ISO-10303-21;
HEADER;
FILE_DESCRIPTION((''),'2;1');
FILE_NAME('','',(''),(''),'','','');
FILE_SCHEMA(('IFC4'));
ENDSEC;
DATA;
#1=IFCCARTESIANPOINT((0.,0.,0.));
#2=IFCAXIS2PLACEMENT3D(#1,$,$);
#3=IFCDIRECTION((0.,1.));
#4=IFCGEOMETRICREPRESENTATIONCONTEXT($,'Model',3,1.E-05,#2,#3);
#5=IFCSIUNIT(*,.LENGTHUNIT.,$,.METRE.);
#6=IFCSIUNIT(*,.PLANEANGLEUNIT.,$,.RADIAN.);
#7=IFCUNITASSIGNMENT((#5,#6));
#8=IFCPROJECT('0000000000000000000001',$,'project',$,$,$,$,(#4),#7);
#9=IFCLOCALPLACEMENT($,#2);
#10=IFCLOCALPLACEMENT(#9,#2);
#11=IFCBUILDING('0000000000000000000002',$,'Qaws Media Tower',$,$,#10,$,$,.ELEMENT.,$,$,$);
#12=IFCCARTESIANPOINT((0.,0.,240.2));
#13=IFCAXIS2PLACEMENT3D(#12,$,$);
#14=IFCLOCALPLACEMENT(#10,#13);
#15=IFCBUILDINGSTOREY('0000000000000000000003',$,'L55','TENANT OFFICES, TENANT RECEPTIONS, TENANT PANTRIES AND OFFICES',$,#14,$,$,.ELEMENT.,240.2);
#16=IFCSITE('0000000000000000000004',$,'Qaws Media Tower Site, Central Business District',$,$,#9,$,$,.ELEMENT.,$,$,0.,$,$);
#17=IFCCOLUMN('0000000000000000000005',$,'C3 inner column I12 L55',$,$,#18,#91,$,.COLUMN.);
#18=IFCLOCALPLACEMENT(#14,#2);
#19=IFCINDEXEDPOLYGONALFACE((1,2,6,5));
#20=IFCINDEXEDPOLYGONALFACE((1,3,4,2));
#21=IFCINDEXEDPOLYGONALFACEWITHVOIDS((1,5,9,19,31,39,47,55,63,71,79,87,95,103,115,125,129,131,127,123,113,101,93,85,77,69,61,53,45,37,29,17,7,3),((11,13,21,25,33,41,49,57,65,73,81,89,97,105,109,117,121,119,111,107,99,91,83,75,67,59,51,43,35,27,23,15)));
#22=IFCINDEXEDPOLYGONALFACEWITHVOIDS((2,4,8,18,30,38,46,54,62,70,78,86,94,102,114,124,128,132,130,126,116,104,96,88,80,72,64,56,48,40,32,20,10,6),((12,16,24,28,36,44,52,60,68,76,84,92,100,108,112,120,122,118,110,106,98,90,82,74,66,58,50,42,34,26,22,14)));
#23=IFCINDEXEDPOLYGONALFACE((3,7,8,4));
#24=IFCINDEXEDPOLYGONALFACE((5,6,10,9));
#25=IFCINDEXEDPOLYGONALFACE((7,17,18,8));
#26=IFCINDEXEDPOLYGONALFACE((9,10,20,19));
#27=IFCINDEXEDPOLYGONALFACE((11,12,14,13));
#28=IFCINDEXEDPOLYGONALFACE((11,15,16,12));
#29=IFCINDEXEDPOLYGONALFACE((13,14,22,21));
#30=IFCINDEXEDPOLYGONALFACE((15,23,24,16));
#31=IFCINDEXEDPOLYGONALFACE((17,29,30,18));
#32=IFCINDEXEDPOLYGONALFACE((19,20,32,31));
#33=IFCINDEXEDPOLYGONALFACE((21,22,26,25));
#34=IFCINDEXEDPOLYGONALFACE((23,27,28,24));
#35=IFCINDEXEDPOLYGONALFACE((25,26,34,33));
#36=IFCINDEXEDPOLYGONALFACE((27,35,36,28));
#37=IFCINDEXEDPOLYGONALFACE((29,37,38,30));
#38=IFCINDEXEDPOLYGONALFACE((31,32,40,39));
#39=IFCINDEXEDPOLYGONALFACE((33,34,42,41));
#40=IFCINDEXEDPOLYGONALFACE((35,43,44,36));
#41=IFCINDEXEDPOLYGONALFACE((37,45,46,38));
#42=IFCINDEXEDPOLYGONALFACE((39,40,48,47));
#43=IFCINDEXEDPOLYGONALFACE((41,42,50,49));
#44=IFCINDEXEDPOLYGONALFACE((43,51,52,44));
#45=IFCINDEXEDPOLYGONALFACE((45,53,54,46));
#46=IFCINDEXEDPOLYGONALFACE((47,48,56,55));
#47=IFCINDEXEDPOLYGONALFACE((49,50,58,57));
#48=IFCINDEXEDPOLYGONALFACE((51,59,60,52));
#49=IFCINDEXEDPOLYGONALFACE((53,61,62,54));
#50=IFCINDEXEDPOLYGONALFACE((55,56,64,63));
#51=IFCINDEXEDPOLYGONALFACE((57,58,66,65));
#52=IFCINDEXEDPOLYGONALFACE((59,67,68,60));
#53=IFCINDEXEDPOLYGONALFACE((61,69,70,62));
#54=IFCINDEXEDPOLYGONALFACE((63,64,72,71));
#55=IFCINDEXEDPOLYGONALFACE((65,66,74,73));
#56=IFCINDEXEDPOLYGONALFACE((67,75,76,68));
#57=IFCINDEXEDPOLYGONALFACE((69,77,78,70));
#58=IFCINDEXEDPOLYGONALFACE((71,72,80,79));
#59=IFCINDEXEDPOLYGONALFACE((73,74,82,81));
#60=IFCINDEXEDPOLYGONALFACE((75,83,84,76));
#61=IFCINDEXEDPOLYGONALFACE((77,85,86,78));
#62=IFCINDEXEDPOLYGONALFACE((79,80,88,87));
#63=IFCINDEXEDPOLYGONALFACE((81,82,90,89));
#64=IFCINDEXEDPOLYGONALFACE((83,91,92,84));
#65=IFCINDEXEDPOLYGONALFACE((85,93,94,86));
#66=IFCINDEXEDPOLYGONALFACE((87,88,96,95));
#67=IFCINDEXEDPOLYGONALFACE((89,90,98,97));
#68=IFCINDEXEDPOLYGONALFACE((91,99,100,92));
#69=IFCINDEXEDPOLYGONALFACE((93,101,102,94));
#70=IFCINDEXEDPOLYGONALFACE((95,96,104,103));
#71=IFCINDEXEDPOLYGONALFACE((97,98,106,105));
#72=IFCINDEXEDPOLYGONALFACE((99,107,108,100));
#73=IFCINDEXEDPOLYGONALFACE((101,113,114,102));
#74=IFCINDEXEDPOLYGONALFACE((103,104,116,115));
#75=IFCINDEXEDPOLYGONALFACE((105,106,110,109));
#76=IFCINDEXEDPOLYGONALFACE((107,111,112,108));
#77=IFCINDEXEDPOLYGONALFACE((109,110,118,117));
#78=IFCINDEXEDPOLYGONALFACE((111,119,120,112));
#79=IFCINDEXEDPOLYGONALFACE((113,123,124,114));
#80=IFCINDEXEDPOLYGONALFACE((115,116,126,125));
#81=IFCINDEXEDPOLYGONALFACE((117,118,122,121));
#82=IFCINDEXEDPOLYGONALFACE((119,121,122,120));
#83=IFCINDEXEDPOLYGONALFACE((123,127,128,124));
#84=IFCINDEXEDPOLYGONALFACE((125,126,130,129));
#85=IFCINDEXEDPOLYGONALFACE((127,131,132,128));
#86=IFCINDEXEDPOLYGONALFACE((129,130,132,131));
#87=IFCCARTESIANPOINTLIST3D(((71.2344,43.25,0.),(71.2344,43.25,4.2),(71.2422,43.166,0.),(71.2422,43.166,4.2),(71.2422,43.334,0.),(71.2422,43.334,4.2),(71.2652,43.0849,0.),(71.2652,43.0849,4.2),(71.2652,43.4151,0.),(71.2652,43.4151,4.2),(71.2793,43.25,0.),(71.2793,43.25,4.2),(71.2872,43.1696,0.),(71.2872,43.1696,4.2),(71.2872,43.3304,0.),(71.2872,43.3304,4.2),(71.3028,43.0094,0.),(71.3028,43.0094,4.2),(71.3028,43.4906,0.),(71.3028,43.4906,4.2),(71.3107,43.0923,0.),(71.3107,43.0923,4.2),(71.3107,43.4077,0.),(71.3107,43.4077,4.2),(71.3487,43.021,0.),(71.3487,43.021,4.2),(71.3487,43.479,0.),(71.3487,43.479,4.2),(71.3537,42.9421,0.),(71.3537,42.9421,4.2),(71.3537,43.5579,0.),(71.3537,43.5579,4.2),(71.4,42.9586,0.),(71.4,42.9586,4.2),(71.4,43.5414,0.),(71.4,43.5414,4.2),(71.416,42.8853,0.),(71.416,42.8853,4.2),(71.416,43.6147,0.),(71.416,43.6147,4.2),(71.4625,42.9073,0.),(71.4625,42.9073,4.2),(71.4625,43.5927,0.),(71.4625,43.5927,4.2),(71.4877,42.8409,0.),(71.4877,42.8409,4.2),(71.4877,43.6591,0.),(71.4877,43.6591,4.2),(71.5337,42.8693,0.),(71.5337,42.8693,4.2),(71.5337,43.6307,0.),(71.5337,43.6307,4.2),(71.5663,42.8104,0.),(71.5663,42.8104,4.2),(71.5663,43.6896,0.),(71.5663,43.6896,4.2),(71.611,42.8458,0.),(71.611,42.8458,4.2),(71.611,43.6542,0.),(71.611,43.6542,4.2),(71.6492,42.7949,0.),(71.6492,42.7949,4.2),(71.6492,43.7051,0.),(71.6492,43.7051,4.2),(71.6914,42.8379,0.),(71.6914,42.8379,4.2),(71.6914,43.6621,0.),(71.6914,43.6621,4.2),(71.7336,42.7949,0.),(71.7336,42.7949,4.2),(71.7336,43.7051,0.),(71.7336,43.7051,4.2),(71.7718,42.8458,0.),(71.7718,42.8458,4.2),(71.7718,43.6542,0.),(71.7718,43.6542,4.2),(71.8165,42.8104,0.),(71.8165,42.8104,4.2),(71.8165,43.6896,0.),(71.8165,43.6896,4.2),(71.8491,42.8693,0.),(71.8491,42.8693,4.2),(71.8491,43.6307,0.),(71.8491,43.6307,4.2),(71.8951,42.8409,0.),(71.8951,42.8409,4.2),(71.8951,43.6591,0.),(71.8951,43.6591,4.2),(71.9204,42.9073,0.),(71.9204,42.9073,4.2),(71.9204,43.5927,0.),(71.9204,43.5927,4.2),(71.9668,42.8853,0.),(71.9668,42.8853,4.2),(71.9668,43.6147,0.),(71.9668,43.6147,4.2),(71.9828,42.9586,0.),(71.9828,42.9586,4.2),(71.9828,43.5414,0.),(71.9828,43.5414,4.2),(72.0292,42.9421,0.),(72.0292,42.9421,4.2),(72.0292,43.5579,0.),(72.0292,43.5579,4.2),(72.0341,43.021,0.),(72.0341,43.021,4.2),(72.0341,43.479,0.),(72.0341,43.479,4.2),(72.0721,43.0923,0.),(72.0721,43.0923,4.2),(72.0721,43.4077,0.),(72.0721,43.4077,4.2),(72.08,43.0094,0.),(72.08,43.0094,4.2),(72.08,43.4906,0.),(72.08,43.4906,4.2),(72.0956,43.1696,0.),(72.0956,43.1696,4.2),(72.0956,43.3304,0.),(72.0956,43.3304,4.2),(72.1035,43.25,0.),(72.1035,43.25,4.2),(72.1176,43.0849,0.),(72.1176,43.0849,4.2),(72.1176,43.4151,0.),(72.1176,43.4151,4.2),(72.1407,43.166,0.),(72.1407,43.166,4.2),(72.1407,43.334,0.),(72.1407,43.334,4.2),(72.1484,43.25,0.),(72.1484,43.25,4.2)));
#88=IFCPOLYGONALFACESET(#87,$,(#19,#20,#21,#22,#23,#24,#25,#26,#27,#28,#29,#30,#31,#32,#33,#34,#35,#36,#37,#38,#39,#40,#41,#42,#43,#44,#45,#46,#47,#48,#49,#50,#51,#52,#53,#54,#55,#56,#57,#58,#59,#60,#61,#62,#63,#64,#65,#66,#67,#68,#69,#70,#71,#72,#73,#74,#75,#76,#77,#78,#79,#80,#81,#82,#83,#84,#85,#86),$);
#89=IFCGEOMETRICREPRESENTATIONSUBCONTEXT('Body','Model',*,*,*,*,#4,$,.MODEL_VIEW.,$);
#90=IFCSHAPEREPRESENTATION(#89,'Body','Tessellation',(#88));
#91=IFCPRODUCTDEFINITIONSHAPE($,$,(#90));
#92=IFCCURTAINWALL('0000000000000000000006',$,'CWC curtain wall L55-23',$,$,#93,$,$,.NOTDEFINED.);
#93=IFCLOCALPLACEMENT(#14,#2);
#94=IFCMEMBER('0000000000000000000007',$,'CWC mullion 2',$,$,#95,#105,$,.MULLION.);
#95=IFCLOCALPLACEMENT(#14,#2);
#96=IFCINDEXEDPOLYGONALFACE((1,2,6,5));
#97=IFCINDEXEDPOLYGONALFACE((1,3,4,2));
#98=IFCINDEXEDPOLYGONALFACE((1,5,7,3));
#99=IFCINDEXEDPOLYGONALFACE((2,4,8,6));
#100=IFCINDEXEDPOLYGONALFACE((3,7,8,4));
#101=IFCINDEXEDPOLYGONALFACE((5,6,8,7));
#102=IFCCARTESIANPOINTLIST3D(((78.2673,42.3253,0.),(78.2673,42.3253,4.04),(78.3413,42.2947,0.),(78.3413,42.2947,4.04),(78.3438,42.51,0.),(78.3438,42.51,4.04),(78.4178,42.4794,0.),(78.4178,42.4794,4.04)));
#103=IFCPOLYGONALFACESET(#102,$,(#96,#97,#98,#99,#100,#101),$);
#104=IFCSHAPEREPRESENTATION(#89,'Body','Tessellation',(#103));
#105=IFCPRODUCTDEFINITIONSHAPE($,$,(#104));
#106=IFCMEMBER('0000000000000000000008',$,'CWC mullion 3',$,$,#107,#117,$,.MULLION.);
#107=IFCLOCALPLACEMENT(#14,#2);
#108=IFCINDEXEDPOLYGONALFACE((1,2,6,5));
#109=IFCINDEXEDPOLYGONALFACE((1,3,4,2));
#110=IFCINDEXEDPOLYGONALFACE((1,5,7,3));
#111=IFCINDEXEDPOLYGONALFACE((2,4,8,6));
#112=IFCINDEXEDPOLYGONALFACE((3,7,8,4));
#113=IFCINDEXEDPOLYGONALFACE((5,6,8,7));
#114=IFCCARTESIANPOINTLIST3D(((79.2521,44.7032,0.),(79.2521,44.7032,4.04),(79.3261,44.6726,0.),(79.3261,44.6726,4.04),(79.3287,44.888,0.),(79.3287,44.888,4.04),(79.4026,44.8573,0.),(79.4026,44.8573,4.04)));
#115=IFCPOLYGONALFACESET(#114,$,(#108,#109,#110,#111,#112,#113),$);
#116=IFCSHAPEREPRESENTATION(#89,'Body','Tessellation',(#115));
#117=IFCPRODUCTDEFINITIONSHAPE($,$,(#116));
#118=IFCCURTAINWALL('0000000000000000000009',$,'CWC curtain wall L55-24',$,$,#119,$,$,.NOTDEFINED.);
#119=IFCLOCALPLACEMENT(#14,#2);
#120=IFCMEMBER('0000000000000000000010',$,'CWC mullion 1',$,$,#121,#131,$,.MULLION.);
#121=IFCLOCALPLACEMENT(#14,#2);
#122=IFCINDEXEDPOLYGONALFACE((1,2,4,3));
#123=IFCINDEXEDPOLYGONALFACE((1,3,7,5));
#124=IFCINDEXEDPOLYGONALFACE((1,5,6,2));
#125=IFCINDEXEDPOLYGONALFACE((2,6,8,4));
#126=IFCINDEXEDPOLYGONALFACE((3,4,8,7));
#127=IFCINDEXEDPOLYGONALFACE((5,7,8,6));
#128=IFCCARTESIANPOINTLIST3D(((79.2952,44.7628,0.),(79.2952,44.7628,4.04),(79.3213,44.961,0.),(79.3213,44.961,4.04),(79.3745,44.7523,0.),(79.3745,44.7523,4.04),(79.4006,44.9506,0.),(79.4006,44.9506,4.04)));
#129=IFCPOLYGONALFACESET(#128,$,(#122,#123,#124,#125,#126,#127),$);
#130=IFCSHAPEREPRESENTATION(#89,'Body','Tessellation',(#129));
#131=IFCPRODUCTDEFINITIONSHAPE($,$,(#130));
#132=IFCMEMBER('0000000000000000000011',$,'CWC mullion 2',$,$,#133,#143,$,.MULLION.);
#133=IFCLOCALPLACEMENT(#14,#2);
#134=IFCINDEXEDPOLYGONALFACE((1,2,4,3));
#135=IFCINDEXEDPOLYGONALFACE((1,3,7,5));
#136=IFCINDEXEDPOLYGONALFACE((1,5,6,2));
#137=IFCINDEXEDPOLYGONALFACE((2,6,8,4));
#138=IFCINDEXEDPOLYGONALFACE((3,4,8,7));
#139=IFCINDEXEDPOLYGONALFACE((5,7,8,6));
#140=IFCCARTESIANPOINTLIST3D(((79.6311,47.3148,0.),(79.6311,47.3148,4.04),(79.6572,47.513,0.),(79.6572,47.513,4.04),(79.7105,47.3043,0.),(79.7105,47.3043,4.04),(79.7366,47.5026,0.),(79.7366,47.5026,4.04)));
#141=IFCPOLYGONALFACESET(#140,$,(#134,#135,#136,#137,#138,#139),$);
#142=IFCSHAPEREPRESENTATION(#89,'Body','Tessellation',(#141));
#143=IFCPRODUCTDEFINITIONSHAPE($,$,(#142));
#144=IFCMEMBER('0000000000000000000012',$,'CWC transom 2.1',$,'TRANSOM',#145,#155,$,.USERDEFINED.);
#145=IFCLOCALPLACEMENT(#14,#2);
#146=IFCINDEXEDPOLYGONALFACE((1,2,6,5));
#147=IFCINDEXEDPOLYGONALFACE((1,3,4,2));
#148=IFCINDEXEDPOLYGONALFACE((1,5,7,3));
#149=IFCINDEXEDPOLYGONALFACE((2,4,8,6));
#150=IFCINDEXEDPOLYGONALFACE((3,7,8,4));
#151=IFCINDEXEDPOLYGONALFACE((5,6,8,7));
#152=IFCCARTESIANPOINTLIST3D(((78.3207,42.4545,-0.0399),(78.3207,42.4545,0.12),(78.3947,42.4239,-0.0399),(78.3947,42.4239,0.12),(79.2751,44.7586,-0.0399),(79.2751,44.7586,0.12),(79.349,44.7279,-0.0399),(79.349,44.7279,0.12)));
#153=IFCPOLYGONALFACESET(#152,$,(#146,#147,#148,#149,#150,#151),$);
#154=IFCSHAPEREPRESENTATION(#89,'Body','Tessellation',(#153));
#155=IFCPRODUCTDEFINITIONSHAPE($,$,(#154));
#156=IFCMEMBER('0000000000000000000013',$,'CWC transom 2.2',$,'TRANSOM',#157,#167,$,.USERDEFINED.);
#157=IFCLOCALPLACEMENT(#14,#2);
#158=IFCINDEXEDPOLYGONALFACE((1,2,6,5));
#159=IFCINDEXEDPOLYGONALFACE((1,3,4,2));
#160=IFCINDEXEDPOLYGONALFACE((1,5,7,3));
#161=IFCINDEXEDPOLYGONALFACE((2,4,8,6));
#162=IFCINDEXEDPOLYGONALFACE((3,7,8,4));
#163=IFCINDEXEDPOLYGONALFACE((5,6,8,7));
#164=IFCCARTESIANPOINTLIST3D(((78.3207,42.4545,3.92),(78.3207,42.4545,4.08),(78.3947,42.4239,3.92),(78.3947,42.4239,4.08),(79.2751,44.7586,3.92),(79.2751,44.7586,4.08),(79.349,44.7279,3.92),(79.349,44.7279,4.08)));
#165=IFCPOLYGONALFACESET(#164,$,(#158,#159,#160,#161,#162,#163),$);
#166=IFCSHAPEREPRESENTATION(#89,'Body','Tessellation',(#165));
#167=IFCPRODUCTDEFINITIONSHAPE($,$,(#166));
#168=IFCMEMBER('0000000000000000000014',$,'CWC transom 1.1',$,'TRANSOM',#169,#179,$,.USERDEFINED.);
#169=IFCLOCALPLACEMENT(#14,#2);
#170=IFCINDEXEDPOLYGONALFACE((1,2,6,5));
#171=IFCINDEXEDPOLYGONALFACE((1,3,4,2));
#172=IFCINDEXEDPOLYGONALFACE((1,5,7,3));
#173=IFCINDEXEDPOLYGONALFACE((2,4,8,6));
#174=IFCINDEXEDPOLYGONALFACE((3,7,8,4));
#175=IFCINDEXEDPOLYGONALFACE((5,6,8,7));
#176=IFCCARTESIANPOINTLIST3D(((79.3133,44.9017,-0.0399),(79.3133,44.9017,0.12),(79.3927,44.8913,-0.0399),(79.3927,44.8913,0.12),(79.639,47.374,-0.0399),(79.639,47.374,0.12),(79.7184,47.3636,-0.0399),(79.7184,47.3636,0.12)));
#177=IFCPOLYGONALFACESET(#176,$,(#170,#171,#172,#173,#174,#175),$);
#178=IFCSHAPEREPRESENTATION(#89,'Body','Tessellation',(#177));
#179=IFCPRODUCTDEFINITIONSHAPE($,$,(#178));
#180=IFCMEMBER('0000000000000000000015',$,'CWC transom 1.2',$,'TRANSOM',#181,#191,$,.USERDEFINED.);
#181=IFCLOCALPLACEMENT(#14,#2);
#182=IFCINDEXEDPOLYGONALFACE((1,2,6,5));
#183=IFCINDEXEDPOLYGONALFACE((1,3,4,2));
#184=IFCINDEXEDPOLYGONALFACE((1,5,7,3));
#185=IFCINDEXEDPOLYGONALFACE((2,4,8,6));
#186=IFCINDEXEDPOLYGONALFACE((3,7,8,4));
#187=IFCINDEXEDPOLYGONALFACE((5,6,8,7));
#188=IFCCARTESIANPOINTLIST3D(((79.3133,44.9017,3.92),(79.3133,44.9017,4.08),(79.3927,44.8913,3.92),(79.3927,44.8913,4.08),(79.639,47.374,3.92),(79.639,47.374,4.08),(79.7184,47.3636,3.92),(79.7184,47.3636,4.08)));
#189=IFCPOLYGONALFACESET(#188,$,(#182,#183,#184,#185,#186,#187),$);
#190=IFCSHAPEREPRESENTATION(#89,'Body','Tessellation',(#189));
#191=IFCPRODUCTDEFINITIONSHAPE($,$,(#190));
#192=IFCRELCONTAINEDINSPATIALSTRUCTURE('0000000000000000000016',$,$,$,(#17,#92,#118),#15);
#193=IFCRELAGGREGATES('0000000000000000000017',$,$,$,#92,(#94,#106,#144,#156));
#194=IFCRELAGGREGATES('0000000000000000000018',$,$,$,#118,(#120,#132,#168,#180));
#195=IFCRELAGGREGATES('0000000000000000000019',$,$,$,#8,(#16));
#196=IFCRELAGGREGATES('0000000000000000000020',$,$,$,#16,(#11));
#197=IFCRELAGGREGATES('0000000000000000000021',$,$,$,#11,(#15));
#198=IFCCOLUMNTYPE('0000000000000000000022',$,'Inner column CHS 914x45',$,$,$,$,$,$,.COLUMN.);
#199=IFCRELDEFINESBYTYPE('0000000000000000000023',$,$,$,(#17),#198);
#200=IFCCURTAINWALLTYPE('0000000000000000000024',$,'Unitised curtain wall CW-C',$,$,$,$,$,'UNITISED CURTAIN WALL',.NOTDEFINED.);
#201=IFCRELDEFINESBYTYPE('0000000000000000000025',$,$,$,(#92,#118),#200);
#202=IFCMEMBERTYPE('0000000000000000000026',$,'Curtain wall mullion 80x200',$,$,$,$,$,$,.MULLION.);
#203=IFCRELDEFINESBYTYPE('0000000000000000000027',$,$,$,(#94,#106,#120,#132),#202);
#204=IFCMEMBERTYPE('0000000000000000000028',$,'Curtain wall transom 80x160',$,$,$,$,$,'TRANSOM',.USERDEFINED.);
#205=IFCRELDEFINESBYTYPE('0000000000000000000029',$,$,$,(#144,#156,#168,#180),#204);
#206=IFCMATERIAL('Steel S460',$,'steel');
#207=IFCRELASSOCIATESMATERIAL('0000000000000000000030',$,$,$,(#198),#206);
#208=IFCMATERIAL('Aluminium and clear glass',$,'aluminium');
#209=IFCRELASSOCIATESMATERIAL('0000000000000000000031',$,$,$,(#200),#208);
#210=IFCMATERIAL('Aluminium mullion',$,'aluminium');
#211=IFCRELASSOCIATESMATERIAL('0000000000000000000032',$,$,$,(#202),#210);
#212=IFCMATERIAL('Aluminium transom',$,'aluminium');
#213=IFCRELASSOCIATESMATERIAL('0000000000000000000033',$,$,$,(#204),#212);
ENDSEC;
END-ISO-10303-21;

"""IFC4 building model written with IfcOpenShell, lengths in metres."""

from ifc_helpers import new_model, si_unit, direction, frame, origin, origin_2d, place, context, subcontext, project, spatial, rectangle, hollow_circle, extrude, material, material_profile, profile_set, type_object, element, aggregate, save


model = new_model("IFC4")

# Units and contexts
model_context = context("Model", 3, precision=1e-05, world=origin(), true_north=direction((0.0, 1.0)))
body_context = subcontext(model_context, "Body", "Model", "MODEL_VIEW")
ifc_project = project(units=[si_unit("LENGTHUNIT", "METRE"), si_unit("PLANEANGLEUNIT", "RADIAN")], contexts=[model_context])

# Site, building, storey
site_placement = place(None, origin())
site = spatial("IfcSite", under=ifc_project, at=site_placement, Name="Qaws Media Tower Site, Central Business District", CompositionType="ELEMENT", RefElevation=0.0)
building_placement = place(site_placement, origin())
building = spatial("IfcBuilding", under=site, at=building_placement, Name="Qaws Media Tower", CompositionType="ELEMENT")
storey_placement = place(building_placement, frame((0.0, 0.0, 240.2)))
storey = spatial("IfcBuildingStorey", under=building, at=storey_placement, Name="L55", Description="TENANT OFFICES, TENANT RECEPTIONS, TENANT PANTRIES AND OFFICES", CompositionType="ELEMENT", Elevation=240.2)

# Column
ifc_material_1 = material(Name="Steel S460", Category="steel")
ifc_material_profile_1 = material_profile(ifc_material_1, hollow_circle(Radius=0.457, WallThickness=0.0449, at=origin_2d()), Name="CHS 914x45")
ifc_profile_set_1 = profile_set([ifc_material_profile_1], Name="Steel S460")
column_type = type_object("IfcColumnType", Name="Inner column CHS 914x45", PredefinedType="COLUMN", material=ifc_profile_set_1)
column_placement = place(storey_placement, frame((71.6914, 43.25, 0.0), z_axis=(0.0, 0.0, 1.0), x_axis=(1.0, 0.0, 0.0)))
element("IfcColumn", 1, at=column_placement, inside=storey, type_object=column_type, Name="C3 inner column I12 L55", PredefinedType="COLUMN", context=body_context, shape_type="SweptSolid", body=[
    extrude(hollow_circle(Radius=0.457, WallThickness=0.0449, at=origin_2d()), origin(), (0.0, 0.0, 1.0), 4.2),
])

# Curtain walls, members
ifc_material_2 = material(Name="Aluminium and clear glass", Category="aluminium")
curtain_wall_type = type_object("IfcCurtainWallType", Name="Unitised curtain wall CW-C", ElementType="UNITISED CURTAIN WALL", PredefinedType="NOTDEFINED", material=ifc_material_2)
curtain_wall_1_placement = place(storey_placement, origin())
curtain_wall_1 = element("IfcCurtainWall", 2, at=curtain_wall_1_placement, inside=storey, type_object=curtain_wall_type, Name="CWC curtain wall L55-23", PredefinedType="NOTDEFINED")
ifc_material_3 = material(Name="Aluminium mullion", Category="aluminium")
ifc_material_profile_2 = material_profile(ifc_material_3, rectangle(XDim=0.0801, YDim=0.2, at=origin_2d()), Name="80x200")
ifc_profile_set_2 = profile_set([ifc_material_profile_2], Name="Aluminium mullion")
member_type_1 = type_object("IfcMemberType", Name="Curtain wall mullion 80x200", PredefinedType="MULLION", material=ifc_profile_set_2)
member_1_placement = place(storey_placement, frame((78.3425, 42.4023, 0.0), z_axis=(0.0, 0.0, 1.0), x_axis=(-0.92388, 0.382683, 0.0)))
member_1 = element("IfcMember", 3, at=member_1_placement, type_object=member_type_1, Name="CWC mullion 2", PredefinedType="MULLION", context=body_context, shape_type="SweptSolid", body=[
    extrude(rectangle(XDim=0.0801, YDim=0.2, at=origin_2d()), origin(), (0.0, 0.0, 1.0), 4.04),
])
member_2_placement = place(storey_placement, frame((79.3274, 44.7803, 0.0), z_axis=(0.0, 0.0, 1.0), x_axis=(-0.92388, 0.382683, 0.0)))
member_2 = element("IfcMember", 4, at=member_2_placement, type_object=member_type_1, Name="CWC mullion 3", PredefinedType="MULLION", context=body_context, shape_type="SweptSolid", body=[
    extrude(rectangle(XDim=0.0801, YDim=0.2, at=origin_2d()), origin(), (0.0, 0.0, 1.0), 4.04),
])
curtain_wall_2_placement = place(storey_placement, origin())
curtain_wall_2 = element("IfcCurtainWall", 5, at=curtain_wall_2_placement, inside=storey, type_object=curtain_wall_type, Name="CWC curtain wall L55-24", PredefinedType="NOTDEFINED")
member_3_placement = place(storey_placement, frame((79.3479, 44.8567, 0.0), z_axis=(0.0, 0.0, 1.0), x_axis=(-0.991445, 0.130526, 0.0)))
member_3 = element("IfcMember", 6, at=member_3_placement, type_object=member_type_1, Name="CWC mullion 1", PredefinedType="MULLION", context=body_context, shape_type="SweptSolid", body=[
    extrude(rectangle(XDim=0.0801, YDim=0.2, at=origin_2d()), origin(), (0.0, 0.0, 1.0), 4.04),
])
member_4_placement = place(storey_placement, frame((79.6838, 47.4087, 0.0), z_axis=(0.0, 0.0, 1.0), x_axis=(-0.991445, 0.130526, 0.0)))
member_4 = element("IfcMember", 7, at=member_4_placement, type_object=member_type_1, Name="CWC mullion 2", PredefinedType="MULLION", context=body_context, shape_type="SweptSolid", body=[
    extrude(rectangle(XDim=0.0801, YDim=0.2, at=origin_2d()), origin(), (0.0, 0.0, 1.0), 4.04),
])

# Members
ifc_material_4 = material(Name="Aluminium transom", Category="aluminium")
ifc_material_profile_3 = material_profile(ifc_material_4, rectangle(XDim=0.0801, YDim=0.1599, at=origin_2d()), Name="80x160")
ifc_profile_set_3 = profile_set([ifc_material_profile_3], Name="Aluminium transom")
member_type_2 = type_object("IfcMemberType", Name="Curtain wall transom 80x160", ElementType="TRANSOM", PredefinedType="USERDEFINED", material=ifc_profile_set_3)
member_5_placement = place(storey_placement, frame((78.3577, 42.4392, 0.04), z_axis=(0.382689, 0.923877, 0.0), x_axis=(-0.923877, 0.382689, 0.0)))
member_5 = element("IfcMember", 8, at=member_5_placement, type_object=member_type_2, Name="CWC transom 2.1", ObjectType="TRANSOM", PredefinedType="USERDEFINED", context=body_context, shape_type="SweptSolid", body=[
    extrude(rectangle(XDim=0.0801, YDim=0.1599, at=origin_2d()), origin(), (0.0, 0.0, 1.0), 2.4939),
])
member_6_placement = place(storey_placement, frame((78.3577, 42.4392, 4.0), z_axis=(0.382689, 0.923877, 0.0), x_axis=(-0.923877, 0.382689, 0.0)))
member_6 = element("IfcMember", 9, at=member_6_placement, type_object=member_type_2, Name="CWC transom 2.2", ObjectType="TRANSOM", PredefinedType="USERDEFINED", context=body_context, shape_type="SweptSolid", body=[
    extrude(rectangle(XDim=0.0801, YDim=0.1599, at=origin_2d()), origin(), (0.0, 0.0, 1.0), 2.4939),
])
member_7_placement = place(storey_placement, frame((79.353, 44.8965, 0.04), z_axis=(0.130599, 0.991435, 0.0), x_axis=(-0.991435, 0.130599, 0.0)))
member_7 = element("IfcMember", 10, at=member_7_placement, type_object=member_type_2, Name="CWC transom 1.1", ObjectType="TRANSOM", PredefinedType="USERDEFINED", context=body_context, shape_type="SweptSolid", body=[
    extrude(rectangle(XDim=0.0801, YDim=0.1599, at=origin_2d()), origin(), (0.0, 0.0, 1.0), 2.4937),
])
member_8_placement = place(storey_placement, frame((79.353, 44.8965, 4.0), z_axis=(0.130599, 0.991435, 0.0), x_axis=(-0.991435, 0.130599, 0.0)))
member_8 = element("IfcMember", 11, at=member_8_placement, type_object=member_type_2, Name="CWC transom 1.2", ObjectType="TRANSOM", PredefinedType="USERDEFINED", context=body_context, shape_type="SweptSolid", body=[
    extrude(rectangle(XDim=0.0801, YDim=0.1599, at=origin_2d()), origin(), (0.0, 0.0, 1.0), 2.4937),
])

aggregate(curtain_wall_1, [member_1, member_2, member_5, member_6])
aggregate(curtain_wall_2, [member_3, member_4, member_7, member_8])

save(model, "model.ifc")
